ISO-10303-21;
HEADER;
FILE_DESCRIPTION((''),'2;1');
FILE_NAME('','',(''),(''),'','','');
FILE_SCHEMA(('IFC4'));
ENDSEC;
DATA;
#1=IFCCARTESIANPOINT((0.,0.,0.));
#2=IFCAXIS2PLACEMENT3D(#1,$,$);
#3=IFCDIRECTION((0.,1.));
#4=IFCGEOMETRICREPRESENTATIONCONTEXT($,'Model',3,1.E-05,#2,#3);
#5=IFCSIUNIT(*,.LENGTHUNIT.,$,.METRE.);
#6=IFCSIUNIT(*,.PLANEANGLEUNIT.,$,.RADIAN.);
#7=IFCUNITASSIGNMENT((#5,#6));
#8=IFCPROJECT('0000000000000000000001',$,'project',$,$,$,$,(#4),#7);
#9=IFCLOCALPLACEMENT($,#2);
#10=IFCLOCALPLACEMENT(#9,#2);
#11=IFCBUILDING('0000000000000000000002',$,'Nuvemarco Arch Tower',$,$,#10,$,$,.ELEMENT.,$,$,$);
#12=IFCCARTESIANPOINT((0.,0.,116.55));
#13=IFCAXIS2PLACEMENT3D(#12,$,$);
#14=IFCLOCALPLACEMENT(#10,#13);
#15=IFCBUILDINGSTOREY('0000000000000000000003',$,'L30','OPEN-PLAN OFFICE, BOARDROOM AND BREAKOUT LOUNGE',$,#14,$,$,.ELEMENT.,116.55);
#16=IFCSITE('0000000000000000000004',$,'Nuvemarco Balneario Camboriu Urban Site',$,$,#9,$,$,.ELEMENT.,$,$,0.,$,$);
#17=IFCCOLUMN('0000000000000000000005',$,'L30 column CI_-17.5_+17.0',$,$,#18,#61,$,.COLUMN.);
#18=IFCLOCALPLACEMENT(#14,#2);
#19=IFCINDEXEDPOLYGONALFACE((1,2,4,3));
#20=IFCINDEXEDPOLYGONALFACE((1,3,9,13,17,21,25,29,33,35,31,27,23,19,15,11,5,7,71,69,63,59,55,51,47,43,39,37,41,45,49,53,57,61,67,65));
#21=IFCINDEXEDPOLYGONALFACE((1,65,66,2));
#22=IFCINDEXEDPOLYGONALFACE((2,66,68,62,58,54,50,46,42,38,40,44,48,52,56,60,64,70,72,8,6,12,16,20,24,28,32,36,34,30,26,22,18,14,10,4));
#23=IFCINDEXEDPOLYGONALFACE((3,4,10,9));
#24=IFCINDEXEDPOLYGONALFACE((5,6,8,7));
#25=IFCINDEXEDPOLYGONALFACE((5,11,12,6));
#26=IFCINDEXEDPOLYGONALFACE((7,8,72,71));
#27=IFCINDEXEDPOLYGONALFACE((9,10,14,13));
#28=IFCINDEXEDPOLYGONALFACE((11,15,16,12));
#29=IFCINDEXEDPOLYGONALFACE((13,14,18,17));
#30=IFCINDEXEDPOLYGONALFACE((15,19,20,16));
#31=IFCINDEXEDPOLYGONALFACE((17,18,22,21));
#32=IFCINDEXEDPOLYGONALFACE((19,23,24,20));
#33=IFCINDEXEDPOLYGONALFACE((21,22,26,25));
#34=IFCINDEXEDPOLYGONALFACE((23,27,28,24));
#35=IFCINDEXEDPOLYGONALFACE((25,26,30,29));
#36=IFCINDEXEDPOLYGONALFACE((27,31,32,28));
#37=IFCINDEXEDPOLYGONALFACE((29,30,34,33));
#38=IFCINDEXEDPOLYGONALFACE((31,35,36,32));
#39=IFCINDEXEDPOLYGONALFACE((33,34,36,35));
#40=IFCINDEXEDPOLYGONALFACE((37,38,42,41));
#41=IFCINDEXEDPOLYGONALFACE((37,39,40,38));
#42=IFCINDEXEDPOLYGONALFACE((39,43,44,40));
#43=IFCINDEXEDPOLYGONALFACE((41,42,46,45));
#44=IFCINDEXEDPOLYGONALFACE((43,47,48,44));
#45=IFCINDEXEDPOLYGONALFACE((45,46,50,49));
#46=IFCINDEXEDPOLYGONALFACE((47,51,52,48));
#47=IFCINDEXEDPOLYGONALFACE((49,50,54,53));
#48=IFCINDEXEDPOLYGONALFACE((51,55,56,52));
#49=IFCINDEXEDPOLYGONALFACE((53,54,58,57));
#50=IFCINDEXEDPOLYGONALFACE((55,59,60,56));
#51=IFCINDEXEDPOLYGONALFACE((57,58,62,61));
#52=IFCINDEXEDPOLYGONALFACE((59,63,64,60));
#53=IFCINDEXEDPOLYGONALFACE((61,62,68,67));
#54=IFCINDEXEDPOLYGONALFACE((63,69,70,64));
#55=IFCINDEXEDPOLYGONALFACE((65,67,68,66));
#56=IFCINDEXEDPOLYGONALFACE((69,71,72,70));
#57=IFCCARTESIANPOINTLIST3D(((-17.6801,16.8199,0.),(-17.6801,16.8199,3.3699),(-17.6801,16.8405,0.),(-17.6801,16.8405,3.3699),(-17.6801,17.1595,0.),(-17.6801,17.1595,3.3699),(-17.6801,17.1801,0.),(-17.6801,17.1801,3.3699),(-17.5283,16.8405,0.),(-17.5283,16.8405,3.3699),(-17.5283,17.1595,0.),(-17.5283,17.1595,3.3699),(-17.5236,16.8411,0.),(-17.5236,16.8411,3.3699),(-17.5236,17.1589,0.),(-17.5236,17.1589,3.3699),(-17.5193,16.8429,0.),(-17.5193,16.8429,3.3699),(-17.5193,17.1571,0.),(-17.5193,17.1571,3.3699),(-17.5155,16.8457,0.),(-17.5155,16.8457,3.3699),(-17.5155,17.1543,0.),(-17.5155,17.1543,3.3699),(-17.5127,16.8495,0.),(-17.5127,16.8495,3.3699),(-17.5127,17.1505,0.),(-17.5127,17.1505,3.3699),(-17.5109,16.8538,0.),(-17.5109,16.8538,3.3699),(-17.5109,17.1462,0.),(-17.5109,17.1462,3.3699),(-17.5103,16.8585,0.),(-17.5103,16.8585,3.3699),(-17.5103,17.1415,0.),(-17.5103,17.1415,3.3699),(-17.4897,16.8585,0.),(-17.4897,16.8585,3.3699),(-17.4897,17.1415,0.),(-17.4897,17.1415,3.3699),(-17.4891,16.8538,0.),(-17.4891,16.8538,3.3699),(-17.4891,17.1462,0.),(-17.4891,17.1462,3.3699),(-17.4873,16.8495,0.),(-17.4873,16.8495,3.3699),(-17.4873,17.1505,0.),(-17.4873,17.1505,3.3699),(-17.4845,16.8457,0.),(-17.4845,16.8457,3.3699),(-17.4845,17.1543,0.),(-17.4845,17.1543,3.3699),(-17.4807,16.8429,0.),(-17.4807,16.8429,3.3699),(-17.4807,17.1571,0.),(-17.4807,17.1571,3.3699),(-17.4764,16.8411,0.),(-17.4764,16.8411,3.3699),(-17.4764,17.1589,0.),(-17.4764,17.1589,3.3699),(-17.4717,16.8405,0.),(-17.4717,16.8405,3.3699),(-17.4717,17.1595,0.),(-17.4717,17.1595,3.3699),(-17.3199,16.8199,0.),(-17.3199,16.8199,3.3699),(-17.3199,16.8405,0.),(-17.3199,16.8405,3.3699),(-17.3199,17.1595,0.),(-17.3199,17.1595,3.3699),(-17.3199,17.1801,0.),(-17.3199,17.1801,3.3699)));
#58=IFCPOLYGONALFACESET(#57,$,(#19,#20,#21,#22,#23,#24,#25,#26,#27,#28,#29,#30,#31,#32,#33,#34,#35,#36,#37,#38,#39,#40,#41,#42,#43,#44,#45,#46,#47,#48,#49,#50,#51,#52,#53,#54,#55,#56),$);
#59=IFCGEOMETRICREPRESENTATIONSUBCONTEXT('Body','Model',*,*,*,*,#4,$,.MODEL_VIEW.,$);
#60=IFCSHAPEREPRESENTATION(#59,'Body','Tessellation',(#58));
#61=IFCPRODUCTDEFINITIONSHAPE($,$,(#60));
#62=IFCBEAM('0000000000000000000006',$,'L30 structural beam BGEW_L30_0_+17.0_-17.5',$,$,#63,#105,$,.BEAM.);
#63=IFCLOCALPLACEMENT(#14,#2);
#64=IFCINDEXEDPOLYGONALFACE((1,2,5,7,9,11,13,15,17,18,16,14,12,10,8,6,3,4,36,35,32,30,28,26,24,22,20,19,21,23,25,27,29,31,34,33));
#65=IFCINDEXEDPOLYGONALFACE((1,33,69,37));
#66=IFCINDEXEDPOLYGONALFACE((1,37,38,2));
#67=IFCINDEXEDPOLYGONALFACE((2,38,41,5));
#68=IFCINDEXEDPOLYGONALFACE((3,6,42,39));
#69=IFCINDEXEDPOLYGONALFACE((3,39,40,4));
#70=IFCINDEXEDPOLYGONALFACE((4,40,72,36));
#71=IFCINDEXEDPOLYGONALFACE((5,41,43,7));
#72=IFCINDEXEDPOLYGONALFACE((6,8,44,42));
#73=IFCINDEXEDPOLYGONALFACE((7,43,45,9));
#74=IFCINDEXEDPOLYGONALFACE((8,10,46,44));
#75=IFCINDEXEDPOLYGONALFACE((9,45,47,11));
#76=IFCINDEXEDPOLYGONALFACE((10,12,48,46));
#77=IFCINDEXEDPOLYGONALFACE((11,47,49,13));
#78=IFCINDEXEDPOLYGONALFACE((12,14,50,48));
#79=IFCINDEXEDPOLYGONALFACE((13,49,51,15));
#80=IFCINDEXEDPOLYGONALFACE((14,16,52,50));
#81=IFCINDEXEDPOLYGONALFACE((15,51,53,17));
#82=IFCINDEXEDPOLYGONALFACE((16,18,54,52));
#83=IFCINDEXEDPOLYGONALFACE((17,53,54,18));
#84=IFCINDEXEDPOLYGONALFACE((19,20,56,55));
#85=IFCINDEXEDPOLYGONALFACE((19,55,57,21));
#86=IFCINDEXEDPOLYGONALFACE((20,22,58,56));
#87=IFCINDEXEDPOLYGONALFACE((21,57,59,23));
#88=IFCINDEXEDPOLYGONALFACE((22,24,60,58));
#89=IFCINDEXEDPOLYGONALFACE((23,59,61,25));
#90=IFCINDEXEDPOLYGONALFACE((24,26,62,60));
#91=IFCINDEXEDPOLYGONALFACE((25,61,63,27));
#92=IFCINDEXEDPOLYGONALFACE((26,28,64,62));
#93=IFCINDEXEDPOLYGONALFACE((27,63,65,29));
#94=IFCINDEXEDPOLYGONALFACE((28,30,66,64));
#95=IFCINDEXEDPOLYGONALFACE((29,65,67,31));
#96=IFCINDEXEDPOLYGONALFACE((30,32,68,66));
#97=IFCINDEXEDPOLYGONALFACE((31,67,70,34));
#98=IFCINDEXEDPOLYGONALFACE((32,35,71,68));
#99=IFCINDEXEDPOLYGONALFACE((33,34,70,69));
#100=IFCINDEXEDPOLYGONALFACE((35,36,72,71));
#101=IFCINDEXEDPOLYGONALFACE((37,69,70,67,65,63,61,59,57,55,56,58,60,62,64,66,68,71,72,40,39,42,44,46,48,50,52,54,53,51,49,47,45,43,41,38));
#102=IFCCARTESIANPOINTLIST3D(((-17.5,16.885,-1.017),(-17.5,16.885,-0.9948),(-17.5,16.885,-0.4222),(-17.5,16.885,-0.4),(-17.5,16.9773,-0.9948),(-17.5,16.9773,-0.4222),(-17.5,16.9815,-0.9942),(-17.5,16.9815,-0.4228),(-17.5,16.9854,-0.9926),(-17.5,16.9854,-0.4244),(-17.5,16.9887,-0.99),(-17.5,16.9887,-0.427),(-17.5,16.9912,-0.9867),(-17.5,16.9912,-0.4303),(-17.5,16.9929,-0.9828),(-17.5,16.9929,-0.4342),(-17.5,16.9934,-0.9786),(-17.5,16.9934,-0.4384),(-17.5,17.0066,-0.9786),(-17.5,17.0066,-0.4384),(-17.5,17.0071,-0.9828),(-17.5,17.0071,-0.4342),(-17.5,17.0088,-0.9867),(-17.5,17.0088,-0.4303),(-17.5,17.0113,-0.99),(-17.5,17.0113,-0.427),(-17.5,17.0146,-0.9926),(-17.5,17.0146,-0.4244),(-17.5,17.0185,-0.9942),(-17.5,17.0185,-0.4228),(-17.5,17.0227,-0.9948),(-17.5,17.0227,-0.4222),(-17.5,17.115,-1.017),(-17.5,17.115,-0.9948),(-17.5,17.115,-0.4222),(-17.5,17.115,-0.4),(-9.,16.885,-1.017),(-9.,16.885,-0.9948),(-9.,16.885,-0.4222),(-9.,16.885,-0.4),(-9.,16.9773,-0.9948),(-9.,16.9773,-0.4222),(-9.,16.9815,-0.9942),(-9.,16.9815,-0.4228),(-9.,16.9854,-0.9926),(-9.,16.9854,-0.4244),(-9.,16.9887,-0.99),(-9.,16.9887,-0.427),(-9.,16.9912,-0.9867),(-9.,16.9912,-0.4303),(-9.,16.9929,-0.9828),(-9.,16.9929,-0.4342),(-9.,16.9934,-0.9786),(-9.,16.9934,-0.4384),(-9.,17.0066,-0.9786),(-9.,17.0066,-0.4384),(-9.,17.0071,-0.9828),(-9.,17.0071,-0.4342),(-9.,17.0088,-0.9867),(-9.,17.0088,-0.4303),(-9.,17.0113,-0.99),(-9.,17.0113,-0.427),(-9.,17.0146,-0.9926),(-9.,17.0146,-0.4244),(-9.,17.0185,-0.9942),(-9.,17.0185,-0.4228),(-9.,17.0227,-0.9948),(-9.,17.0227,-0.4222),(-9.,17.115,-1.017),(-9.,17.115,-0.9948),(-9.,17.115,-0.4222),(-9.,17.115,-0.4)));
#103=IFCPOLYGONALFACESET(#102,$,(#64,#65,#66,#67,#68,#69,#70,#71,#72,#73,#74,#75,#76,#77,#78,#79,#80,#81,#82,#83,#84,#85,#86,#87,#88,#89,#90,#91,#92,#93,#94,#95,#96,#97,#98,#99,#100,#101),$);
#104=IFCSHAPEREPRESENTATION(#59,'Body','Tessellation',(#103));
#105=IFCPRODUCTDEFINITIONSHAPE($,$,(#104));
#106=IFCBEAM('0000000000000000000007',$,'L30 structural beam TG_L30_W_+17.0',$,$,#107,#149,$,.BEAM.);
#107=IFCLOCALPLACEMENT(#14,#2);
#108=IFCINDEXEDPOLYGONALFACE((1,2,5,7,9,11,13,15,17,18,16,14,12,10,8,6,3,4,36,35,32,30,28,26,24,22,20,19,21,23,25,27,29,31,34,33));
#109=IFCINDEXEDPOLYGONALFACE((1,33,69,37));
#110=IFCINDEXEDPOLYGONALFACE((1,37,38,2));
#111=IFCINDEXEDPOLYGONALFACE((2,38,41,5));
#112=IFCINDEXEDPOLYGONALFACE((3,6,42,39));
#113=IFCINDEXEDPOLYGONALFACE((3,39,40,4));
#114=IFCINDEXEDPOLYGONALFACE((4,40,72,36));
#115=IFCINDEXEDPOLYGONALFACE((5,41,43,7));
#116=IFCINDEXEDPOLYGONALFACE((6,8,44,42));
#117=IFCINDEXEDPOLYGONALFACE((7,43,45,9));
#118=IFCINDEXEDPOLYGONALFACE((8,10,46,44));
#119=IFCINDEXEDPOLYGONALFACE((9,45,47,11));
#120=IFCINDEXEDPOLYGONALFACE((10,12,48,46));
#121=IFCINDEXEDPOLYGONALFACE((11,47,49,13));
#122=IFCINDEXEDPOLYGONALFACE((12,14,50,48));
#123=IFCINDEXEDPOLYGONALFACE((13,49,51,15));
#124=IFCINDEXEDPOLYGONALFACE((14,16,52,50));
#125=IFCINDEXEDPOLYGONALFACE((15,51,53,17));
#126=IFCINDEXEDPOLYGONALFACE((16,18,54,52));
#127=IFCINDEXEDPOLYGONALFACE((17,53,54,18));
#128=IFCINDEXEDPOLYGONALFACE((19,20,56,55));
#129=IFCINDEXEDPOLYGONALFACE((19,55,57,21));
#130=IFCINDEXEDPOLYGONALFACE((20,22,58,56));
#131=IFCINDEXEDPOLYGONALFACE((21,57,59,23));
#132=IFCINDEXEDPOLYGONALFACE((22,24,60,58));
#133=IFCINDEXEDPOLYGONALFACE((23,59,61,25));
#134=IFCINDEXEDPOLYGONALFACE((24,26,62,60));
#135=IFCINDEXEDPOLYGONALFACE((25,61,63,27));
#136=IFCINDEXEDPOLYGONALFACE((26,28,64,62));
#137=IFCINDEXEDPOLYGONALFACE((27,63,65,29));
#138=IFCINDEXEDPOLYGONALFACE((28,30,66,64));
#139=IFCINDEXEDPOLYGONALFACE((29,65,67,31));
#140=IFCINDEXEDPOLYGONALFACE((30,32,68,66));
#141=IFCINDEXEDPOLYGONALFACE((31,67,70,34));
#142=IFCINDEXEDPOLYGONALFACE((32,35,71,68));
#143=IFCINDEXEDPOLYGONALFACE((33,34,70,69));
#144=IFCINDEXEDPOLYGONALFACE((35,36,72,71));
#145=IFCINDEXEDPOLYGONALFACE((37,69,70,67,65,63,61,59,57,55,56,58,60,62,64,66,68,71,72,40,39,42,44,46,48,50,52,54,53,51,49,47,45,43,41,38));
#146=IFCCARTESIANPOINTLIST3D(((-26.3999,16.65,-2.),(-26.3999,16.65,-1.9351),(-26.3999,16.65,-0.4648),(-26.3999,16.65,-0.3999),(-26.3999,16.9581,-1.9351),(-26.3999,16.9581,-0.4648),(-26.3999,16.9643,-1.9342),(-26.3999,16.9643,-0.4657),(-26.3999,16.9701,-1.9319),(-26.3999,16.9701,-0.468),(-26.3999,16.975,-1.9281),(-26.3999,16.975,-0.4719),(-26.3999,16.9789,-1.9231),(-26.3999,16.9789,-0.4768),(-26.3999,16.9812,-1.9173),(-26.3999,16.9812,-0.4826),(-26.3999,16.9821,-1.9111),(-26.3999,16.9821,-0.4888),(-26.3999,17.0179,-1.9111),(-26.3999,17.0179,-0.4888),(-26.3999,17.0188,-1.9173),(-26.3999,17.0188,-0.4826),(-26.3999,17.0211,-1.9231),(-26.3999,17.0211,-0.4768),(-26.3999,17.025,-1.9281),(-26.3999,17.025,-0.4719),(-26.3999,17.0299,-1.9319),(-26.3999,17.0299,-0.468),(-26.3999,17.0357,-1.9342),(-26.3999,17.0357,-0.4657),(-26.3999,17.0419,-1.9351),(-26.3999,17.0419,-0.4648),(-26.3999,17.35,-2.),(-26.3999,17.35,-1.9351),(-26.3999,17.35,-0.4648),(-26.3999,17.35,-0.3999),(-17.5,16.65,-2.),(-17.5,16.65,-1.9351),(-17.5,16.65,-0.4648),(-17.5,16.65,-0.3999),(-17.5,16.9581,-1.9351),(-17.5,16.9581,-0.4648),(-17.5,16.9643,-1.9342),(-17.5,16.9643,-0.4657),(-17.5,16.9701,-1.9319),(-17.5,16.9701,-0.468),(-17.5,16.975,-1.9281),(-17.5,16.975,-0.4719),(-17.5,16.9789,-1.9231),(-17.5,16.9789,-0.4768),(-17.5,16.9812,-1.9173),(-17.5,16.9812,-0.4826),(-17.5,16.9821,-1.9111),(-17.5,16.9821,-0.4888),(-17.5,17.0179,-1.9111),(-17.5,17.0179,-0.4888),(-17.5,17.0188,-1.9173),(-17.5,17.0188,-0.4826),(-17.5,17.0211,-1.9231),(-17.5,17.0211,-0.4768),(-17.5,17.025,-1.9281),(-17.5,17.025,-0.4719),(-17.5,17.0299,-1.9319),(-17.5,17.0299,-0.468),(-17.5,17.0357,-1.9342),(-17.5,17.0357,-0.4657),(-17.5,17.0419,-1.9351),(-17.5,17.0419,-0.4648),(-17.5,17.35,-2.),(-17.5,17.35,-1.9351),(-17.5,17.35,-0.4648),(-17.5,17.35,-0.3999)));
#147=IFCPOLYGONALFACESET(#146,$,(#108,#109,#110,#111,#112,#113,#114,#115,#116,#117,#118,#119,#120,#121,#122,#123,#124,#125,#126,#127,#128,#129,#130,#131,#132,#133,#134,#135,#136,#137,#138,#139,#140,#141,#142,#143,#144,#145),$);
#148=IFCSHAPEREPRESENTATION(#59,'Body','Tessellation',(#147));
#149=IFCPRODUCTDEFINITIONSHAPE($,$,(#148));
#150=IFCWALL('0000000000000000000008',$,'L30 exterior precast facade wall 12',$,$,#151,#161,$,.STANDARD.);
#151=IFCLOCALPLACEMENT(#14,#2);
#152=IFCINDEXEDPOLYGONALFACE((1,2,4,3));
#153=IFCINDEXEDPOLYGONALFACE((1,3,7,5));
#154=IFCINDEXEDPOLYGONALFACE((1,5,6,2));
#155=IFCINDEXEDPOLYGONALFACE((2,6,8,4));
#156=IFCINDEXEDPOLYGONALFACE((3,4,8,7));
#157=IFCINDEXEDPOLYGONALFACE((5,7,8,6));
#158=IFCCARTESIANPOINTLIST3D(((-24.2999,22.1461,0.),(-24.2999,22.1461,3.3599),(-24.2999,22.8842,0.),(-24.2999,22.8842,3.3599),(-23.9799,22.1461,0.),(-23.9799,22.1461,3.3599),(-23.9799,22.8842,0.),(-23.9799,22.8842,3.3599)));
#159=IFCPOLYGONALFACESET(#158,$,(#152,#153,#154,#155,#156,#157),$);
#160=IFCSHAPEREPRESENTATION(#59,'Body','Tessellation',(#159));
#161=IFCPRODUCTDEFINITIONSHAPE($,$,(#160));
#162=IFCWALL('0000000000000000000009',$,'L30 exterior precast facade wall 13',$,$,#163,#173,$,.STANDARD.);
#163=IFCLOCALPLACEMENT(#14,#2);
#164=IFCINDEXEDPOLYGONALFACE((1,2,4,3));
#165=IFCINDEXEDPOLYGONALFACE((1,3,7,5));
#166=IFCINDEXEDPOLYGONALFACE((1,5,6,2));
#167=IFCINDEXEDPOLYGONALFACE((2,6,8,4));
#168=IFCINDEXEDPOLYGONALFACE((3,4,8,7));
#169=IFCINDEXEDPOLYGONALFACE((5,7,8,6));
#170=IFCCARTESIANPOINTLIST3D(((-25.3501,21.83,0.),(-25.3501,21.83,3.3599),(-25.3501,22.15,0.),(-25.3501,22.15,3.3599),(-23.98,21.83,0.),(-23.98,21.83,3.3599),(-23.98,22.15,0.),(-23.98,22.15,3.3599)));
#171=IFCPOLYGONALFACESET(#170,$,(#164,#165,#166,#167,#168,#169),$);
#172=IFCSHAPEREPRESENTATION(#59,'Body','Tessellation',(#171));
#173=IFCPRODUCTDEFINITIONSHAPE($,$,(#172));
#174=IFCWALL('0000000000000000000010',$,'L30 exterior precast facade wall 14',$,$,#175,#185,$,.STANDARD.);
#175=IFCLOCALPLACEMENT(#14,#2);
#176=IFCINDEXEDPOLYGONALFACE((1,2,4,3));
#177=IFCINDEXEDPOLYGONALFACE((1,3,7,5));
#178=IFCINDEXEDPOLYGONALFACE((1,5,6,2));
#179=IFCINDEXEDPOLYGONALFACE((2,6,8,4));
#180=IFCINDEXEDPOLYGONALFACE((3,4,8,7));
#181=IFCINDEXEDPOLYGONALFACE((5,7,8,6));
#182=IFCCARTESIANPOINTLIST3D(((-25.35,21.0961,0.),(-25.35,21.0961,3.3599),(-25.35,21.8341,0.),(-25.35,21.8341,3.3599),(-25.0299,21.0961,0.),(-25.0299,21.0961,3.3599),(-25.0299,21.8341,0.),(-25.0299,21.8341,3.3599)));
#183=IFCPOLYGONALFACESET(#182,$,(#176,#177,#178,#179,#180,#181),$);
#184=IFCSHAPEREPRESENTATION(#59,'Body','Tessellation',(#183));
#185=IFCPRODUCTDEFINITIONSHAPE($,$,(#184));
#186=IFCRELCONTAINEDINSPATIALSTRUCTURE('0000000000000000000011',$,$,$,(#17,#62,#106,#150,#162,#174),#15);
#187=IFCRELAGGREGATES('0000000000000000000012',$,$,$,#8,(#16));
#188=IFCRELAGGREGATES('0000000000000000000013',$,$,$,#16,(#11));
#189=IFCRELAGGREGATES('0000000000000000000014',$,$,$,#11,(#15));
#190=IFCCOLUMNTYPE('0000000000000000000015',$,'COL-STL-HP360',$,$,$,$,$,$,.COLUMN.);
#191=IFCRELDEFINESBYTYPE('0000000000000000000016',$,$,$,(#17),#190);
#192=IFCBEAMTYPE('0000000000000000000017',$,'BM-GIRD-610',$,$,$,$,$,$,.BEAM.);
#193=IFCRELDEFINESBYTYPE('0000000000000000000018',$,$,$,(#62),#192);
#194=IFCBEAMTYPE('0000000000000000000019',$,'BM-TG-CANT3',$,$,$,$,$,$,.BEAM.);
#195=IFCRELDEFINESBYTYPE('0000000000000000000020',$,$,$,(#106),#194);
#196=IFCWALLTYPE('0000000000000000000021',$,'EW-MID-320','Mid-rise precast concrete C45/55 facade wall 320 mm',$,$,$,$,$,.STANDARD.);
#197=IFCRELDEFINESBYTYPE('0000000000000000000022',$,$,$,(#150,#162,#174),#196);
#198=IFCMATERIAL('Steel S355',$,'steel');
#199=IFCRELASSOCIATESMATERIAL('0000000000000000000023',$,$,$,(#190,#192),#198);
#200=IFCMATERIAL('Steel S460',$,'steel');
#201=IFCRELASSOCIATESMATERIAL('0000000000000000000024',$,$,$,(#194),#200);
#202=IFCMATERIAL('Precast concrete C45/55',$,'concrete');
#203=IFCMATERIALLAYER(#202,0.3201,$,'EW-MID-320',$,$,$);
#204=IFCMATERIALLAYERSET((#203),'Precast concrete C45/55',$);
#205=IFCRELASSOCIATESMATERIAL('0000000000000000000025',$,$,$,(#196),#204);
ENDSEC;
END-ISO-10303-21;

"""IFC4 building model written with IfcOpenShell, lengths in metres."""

from ifc_helpers import new_model, si_unit, direction, frame, frame_2d, origin, origin_2d, place, context, subcontext, project, spatial, rectangle, i_section, extrude, material, layer, layer_set, material_profile, profile_set, type_object, element, save


model = new_model("IFC4")

# Units and contexts
model_context = context("Model", 3, precision=1e-05, world=origin(), true_north=direction((0.0, 1.0)))
body_context = subcontext(model_context, "Body", "Model", "MODEL_VIEW")
ifc_project = project(units=[si_unit("LENGTHUNIT", "METRE"), si_unit("PLANEANGLEUNIT", "RADIAN")], contexts=[model_context])

# Site, building, storey
site_placement = place(None, origin())
site = spatial("IfcSite", under=ifc_project, at=site_placement, Name="Nuvemarco Balneario Camboriu Urban Site", CompositionType="ELEMENT", RefElevation=0.0)
building_placement = place(site_placement, origin())
building = spatial("IfcBuilding", under=site, at=building_placement, Name="Nuvemarco Arch Tower", CompositionType="ELEMENT")
storey_placement = place(building_placement, frame((0.0, 0.0, 116.55)))
storey = spatial("IfcBuildingStorey", under=building, at=storey_placement, Name="L30", Description="OPEN-PLAN OFFICE, BOARDROOM AND BREAKOUT LOUNGE", CompositionType="ELEMENT", Elevation=116.55)

# Column
ifc_material_1 = material(Name="Steel S355", Category="steel")
ifc_material_profile_1 = material_profile(ifc_material_1, i_section(OverallWidth=0.3601, OverallDepth=0.3601, WebThickness=0.0205, FlangeThickness=0.0205, FilletRadius=0.0181, at=origin_2d()), Name="HP360x174")
ifc_profile_set_1 = profile_set([ifc_material_profile_1], Name="Steel S355")
column_type = type_object("IfcColumnType", Name="COL-STL-HP360", PredefinedType="COLUMN", material=ifc_profile_set_1)
column_placement = place(storey_placement, frame((-17.5, 17.0, 0.0), z_axis=(0.0, 0.0, 1.0), x_axis=(1.0, 0.0, 0.0)))
element("IfcColumn", 1, at=column_placement, inside=storey, type_object=column_type, Name="L30 column CI_-17.5_+17.0", PredefinedType="COLUMN", context=body_context, shape_type="SweptSolid", body=[
    extrude(i_section(OverallWidth=0.3601, OverallDepth=0.3601, WebThickness=0.0205, FlangeThickness=0.0205, FilletRadius=0.0181, at=origin_2d()), origin(), (0.0, 0.0, 1.0), 3.3699),
])

# Beams
ifc_material_profile_2 = material_profile(ifc_material_1, i_section(OverallWidth=0.23, OverallDepth=0.6169, WebThickness=0.0132, FlangeThickness=0.0222, FilletRadius=0.0161, at=origin_2d()), Name="W610x140")
ifc_profile_set_2 = profile_set([ifc_material_profile_2], Name="Steel S355")
beam_type_1 = type_object("IfcBeamType", Name="BM-GIRD-610", PredefinedType="BEAM", material=ifc_profile_set_2)
beam_1_placement = place(storey_placement, frame((-17.5, 17.0, -0.7085), z_axis=(1.0, 0.0, 0.0), x_axis=(0.0, 1.0, 0.0)))
element("IfcBeam", 2, at=beam_1_placement, inside=storey, type_object=beam_type_1, Name="L30 structural beam BGEW_L30_0_+17.0_-17.5", PredefinedType="BEAM", context=body_context, shape_type="SweptSolid", body=[
    extrude(i_section(OverallWidth=0.23, OverallDepth=0.6169, WebThickness=0.0132, FlangeThickness=0.0222, FilletRadius=0.0161, at=origin_2d()), origin(), (0.0, 0.0, 1.0), 8.5),
])
ifc_material_2 = material(Name="Steel S460", Category="steel")
ifc_material_profile_3 = material_profile(ifc_material_2, i_section(OverallWidth=0.7, OverallDepth=1.6001, WebThickness=0.0359, FlangeThickness=0.0649, FilletRadius=0.0239, at=origin_2d()), Name="PG1600x700")
ifc_profile_set_3 = profile_set([ifc_material_profile_3], Name="Steel S460")
beam_type_2 = type_object("IfcBeamType", Name="BM-TG-CANT3", PredefinedType="BEAM", material=ifc_profile_set_3)
beam_2_placement = place(storey_placement, frame((-26.3999, 17.0, -1.2), z_axis=(1.0, 0.0, 0.0), x_axis=(0.0, 1.0, 0.0)))
element("IfcBeam", 3, at=beam_2_placement, inside=storey, type_object=beam_type_2, Name="L30 structural beam TG_L30_W_+17.0", PredefinedType="BEAM", context=body_context, shape_type="SweptSolid", body=[
    extrude(i_section(OverallWidth=0.7, OverallDepth=1.6001, WebThickness=0.0359, FlangeThickness=0.0649, FilletRadius=0.0239, at=origin_2d()), origin(), (0.0, 0.0, 1.0), 8.8999),
])

# Shared definitions
ifc_material_3 = material(Name="Precast concrete C45/55", Category="concrete")
ifc_layer = layer(ifc_material_3, 0.3201, Name="EW-MID-320")
ifc_layer_set = layer_set([ifc_layer], Name="Precast concrete C45/55")
wall_type = type_object("IfcWallType", Name="EW-MID-320", Description="Mid-rise precast concrete C45/55 facade wall 320 mm", PredefinedType="STANDARD", material=ifc_layer_set)

# Walls
wall_1_placement = place(storey_placement, frame((-24.1399, 22.146, 0.0), z_axis=(0.0, 0.0, 1.0), x_axis=(0.0, 1.0, 0.0)))
element("IfcWall", 4, at=wall_1_placement, inside=storey, type_object=wall_type, Name="L30 exterior precast facade wall 12", PredefinedType="STANDARD", context=body_context, shape_type="SweptSolid", body=[
    extrude(rectangle(XDim=0.738, YDim=0.3201, at=frame_2d((0.3691, 0.0))), origin(), (0.0, 0.0, 1.0), 3.3599),
])
wall_2_placement = place(storey_placement, frame((-25.3501, 21.99, 0.0), z_axis=(0.0, 0.0, 1.0), x_axis=(1.0, 0.0, 0.0)))
element("IfcWall", 5, at=wall_2_placement, inside=storey, type_object=wall_type, Name="L30 exterior precast facade wall 13", PredefinedType="STANDARD", context=body_context, shape_type="SweptSolid", body=[
    extrude(rectangle(XDim=1.3701, YDim=0.3201, at=frame_2d((0.6851, 0.0))), origin(), (0.0, 0.0, 1.0), 3.3599),
])
wall_3_placement = place(storey_placement, frame((-25.1899, 21.0959, 0.0), z_axis=(0.0, 0.0, 1.0), x_axis=(0.0, 1.0, 0.0)))
element("IfcWall", 6, at=wall_3_placement, inside=storey, type_object=wall_type, Name="L30 exterior precast facade wall 14", PredefinedType="STANDARD", context=body_context, shape_type="SweptSolid", body=[
    extrude(rectangle(XDim=0.738, YDim=0.3201, at=frame_2d((0.3691, 0.0))), origin(), (0.0, 0.0, 1.0), 3.3599),
])

save(model, "model.ifc")
